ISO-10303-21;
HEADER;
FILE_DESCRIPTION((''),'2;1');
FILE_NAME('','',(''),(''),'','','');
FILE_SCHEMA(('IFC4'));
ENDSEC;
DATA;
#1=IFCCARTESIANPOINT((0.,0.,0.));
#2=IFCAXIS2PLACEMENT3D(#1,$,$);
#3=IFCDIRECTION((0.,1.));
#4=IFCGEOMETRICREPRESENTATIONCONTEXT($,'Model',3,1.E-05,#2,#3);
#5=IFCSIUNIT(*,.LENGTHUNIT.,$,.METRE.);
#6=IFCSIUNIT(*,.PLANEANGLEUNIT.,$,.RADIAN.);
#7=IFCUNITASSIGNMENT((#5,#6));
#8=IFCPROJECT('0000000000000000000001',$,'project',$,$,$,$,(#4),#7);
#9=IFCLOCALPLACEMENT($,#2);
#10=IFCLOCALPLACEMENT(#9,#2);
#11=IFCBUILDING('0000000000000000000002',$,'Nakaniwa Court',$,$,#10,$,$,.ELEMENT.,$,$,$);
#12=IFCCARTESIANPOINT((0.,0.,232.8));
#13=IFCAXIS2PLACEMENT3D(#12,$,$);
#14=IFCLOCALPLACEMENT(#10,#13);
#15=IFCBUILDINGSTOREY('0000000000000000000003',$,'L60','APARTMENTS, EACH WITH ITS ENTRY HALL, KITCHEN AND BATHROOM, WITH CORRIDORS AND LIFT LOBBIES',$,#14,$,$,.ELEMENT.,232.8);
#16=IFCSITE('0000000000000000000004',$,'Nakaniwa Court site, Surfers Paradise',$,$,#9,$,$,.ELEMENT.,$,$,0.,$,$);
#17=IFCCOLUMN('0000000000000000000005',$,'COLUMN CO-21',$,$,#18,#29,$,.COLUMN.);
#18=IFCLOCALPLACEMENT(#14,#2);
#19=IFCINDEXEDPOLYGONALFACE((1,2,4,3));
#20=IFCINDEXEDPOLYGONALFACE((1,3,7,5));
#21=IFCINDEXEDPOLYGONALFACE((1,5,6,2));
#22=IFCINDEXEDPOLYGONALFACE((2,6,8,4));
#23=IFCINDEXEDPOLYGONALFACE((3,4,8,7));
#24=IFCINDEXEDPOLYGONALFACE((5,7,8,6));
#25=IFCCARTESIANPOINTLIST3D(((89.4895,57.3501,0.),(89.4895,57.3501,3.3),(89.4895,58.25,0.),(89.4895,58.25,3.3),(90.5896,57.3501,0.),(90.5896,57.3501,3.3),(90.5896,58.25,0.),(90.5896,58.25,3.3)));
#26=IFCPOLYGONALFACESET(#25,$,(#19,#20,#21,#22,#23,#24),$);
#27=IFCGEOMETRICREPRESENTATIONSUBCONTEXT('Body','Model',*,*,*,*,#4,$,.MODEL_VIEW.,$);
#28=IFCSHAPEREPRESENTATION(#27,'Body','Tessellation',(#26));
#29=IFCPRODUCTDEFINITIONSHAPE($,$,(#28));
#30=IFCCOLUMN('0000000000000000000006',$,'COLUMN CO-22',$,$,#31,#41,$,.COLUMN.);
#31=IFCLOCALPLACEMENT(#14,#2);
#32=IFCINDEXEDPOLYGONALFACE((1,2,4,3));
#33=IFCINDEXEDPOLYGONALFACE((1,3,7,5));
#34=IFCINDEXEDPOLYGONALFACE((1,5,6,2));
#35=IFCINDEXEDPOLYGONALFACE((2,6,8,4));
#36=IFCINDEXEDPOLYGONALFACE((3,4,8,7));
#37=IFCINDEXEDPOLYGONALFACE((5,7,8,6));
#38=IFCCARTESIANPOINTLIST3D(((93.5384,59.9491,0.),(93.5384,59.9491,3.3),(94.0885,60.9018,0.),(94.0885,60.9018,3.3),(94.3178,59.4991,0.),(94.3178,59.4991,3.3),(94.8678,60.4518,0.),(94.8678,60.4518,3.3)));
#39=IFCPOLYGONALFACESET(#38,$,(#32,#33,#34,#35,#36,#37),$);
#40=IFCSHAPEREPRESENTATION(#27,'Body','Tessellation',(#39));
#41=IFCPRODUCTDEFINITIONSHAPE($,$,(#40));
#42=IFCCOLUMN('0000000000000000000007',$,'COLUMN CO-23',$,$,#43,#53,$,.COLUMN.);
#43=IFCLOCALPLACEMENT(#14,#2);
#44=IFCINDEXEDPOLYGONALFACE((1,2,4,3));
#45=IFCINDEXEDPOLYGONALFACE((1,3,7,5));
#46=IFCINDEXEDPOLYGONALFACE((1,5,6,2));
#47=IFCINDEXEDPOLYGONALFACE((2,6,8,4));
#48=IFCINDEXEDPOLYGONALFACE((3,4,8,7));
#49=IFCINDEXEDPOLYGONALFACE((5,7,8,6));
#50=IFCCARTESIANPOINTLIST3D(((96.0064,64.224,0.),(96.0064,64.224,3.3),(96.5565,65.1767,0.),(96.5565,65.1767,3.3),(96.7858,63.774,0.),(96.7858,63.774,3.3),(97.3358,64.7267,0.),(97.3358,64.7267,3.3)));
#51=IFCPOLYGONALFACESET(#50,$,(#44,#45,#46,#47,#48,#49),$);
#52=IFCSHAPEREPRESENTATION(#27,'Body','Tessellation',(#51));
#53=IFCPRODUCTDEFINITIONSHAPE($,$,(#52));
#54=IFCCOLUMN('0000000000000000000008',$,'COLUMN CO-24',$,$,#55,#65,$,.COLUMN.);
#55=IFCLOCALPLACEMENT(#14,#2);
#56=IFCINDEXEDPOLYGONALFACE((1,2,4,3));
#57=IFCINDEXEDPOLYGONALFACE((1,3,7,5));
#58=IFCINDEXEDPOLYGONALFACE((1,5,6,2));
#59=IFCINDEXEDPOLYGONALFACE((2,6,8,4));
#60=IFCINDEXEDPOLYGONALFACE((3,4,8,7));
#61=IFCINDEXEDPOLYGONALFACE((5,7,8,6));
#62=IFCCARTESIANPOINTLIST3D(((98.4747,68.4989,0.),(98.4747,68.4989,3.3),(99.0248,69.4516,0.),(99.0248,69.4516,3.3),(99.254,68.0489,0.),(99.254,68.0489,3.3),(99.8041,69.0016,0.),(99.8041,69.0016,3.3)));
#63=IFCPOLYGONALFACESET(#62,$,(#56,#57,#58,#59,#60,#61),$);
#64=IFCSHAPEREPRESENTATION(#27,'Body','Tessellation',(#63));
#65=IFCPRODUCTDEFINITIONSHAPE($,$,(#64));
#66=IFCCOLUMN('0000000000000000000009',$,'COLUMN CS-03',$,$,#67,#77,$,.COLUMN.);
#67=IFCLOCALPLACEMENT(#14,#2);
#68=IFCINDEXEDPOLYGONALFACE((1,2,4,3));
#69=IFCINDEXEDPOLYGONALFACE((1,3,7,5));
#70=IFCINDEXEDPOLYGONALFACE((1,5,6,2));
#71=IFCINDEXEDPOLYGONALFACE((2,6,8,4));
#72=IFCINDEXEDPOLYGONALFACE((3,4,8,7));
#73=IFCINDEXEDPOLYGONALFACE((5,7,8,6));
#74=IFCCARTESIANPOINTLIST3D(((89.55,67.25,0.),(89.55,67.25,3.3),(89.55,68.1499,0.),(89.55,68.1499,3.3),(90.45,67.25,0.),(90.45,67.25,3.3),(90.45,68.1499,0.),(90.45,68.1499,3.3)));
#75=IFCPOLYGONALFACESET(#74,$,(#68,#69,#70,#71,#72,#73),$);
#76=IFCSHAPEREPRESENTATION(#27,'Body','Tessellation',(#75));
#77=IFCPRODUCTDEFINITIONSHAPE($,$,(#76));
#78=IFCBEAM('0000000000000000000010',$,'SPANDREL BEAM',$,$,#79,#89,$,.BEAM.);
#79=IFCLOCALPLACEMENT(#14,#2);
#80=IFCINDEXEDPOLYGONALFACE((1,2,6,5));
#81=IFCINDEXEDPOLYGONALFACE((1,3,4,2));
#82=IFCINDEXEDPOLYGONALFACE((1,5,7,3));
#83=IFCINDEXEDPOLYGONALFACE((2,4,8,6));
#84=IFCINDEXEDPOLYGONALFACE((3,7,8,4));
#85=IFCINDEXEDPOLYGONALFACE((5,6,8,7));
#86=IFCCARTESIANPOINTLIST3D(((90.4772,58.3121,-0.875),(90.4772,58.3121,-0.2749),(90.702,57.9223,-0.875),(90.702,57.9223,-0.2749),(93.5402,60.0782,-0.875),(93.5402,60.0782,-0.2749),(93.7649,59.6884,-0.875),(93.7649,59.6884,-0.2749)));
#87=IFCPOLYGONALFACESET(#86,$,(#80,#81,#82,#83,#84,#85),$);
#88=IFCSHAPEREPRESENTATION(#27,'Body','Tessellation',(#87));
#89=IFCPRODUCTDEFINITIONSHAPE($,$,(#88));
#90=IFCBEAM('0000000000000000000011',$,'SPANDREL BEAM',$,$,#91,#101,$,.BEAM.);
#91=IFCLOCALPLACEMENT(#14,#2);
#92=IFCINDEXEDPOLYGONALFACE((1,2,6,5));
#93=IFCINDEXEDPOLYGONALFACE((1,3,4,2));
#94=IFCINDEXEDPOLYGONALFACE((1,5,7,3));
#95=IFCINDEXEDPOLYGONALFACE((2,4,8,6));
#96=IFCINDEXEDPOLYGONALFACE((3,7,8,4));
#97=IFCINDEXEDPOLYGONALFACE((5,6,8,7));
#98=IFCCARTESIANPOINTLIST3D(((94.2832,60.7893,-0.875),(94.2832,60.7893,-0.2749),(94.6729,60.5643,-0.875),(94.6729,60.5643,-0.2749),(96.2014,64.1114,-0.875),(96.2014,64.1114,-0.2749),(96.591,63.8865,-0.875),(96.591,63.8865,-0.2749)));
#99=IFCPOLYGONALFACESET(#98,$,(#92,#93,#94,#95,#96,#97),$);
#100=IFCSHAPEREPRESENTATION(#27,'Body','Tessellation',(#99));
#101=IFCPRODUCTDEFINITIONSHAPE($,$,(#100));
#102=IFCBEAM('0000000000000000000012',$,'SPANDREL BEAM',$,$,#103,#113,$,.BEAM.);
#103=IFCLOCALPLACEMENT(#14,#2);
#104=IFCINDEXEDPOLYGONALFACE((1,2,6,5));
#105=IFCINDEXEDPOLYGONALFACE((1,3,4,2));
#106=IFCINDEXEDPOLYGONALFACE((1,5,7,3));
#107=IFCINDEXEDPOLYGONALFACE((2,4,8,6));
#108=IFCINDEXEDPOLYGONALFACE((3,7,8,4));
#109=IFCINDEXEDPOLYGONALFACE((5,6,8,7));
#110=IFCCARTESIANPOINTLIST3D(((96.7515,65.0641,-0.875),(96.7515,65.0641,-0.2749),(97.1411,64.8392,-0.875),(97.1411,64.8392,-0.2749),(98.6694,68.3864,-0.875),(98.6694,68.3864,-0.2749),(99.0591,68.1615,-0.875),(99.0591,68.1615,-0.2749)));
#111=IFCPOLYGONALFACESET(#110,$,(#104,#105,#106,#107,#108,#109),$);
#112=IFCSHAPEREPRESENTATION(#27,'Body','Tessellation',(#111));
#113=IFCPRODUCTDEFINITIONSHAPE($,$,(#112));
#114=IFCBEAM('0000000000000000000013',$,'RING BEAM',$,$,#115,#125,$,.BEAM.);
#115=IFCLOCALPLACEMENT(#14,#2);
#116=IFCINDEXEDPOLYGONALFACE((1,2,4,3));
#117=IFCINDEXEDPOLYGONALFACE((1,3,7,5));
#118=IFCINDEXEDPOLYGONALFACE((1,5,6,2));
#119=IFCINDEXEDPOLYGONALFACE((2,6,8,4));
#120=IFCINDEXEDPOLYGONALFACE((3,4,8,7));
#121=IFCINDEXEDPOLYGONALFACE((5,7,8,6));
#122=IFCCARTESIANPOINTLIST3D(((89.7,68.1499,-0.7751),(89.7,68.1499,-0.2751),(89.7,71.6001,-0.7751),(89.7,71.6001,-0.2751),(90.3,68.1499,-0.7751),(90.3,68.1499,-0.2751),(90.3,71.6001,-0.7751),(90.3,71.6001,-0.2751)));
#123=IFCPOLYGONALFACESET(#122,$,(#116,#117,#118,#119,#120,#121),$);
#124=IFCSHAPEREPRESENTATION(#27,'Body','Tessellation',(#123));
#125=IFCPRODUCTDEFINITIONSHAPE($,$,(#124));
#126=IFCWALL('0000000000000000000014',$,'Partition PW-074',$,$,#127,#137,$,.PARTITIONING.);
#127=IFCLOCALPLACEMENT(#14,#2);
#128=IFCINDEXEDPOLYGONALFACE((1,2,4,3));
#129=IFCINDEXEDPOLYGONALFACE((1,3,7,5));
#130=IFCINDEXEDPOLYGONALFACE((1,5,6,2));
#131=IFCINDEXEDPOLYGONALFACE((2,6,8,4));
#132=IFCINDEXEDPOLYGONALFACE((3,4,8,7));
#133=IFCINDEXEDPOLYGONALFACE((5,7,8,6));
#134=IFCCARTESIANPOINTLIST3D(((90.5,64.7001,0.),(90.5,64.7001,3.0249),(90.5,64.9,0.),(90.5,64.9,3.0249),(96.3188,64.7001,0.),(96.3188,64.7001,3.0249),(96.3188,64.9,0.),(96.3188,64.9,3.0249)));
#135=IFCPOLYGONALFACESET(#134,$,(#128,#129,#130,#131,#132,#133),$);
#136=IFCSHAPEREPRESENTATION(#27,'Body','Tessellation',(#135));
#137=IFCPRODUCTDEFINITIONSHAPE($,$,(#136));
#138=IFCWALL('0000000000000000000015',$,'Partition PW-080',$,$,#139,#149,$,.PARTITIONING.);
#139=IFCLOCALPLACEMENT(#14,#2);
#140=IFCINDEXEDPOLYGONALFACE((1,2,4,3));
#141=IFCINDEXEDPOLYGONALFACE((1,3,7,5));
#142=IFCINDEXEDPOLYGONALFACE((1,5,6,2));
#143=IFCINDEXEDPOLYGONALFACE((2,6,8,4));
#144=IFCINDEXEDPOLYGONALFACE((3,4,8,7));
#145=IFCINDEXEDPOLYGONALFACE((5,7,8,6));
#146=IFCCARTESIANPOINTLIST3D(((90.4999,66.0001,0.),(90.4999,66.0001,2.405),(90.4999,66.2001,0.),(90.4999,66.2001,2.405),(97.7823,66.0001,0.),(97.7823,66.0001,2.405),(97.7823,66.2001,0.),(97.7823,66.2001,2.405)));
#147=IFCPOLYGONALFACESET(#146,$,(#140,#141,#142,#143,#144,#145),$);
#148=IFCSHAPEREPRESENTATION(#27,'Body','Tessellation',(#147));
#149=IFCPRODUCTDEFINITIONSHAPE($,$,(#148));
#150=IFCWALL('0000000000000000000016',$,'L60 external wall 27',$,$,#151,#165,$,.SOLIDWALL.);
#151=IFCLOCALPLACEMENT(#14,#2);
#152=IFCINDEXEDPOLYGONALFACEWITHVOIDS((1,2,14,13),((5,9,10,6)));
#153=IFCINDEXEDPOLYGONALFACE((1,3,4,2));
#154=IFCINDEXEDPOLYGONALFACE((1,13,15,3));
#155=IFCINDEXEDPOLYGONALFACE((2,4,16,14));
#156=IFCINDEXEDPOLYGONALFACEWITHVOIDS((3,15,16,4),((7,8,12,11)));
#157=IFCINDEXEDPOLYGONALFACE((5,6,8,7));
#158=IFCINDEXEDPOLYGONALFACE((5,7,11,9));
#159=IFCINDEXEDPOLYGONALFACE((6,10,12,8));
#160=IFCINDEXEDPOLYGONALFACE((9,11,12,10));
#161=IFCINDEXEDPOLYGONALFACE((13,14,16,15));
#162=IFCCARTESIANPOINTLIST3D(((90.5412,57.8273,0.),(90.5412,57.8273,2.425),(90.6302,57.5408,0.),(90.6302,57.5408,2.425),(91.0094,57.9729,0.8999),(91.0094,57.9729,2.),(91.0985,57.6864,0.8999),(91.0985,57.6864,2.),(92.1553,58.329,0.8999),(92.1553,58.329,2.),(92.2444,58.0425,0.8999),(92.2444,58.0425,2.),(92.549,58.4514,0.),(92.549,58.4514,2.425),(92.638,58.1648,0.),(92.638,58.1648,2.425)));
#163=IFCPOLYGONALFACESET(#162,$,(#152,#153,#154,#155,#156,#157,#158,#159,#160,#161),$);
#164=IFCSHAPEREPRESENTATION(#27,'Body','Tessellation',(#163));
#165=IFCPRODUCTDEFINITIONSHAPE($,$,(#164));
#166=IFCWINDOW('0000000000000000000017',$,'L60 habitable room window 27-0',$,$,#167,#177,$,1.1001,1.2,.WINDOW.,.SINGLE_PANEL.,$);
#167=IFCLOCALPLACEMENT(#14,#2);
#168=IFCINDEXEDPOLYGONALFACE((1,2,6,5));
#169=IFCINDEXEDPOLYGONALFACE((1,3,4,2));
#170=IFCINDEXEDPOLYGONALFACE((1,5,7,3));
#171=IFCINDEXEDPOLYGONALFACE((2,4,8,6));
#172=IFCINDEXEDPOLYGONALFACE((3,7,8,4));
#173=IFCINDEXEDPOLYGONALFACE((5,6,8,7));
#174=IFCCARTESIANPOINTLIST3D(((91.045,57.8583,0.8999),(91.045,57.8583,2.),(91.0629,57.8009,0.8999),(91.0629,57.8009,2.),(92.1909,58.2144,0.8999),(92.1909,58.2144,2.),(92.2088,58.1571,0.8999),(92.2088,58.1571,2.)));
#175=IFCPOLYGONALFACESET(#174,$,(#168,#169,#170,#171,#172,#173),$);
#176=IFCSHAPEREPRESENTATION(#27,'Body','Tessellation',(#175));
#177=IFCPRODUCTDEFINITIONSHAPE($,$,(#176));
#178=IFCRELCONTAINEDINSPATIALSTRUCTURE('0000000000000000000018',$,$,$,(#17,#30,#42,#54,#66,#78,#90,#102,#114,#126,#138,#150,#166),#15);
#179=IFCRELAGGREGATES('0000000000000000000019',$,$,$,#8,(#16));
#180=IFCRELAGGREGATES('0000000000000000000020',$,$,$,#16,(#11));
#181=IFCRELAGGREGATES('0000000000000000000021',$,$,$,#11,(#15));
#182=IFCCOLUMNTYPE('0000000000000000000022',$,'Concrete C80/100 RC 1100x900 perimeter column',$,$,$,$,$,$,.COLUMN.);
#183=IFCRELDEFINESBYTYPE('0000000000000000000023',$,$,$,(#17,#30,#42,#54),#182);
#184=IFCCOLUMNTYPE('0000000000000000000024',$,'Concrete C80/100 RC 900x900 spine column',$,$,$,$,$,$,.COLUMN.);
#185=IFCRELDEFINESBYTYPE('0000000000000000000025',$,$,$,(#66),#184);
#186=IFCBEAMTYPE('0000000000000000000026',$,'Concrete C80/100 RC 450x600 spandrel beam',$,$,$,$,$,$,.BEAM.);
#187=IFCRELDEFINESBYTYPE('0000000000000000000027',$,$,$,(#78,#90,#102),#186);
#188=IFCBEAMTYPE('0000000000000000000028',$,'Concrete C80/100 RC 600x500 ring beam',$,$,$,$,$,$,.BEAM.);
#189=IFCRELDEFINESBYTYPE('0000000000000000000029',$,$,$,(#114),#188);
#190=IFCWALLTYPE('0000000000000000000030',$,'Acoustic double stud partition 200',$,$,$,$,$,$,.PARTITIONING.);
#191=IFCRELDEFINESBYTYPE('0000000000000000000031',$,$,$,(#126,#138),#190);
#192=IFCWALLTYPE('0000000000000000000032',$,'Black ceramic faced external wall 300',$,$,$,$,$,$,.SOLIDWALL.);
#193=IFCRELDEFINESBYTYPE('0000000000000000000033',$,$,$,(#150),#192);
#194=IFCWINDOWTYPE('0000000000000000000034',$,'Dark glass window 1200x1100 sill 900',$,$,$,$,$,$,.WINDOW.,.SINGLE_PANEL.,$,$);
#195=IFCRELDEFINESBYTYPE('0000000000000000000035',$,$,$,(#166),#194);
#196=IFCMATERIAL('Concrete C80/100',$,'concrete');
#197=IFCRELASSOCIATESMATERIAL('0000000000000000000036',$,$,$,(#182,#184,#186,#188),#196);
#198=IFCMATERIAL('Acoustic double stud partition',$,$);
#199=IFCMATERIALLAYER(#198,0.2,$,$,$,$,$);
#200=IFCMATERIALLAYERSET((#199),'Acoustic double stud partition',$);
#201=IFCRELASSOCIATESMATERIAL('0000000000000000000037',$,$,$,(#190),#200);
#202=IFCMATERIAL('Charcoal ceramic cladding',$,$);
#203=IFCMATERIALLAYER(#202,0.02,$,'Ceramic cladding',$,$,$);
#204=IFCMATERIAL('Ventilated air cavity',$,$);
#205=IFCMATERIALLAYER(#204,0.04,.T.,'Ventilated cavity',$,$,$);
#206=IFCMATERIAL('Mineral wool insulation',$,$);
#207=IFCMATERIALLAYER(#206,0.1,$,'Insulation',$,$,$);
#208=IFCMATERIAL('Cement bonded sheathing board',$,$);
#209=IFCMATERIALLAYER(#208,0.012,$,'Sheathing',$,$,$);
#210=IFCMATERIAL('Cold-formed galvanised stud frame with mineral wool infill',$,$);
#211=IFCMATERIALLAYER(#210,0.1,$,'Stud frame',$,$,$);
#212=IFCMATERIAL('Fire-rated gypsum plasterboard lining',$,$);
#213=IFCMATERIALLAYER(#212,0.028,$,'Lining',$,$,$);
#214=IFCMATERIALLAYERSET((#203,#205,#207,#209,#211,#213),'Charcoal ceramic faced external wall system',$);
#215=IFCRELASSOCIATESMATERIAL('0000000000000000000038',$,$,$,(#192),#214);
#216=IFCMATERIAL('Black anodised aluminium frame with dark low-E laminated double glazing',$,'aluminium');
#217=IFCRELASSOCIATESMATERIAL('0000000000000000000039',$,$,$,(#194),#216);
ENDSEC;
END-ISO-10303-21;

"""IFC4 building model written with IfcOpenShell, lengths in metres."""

from ifc_helpers import new_model, si_unit, direction, frame, frame_2d, origin, origin_2d, place, context, subcontext, project, spatial, rectangle, extrude, material, layer, layer_set, material_profile, profile_set, type_object, element, fill, save


model = new_model("IFC4")

# Units and contexts
model_context = context("Model", 3, precision=1e-05, world=origin(), true_north=direction((0.0, 1.0)))
body_context = subcontext(model_context, "Body", "Model", "MODEL_VIEW")
ifc_project = project(units=[si_unit("LENGTHUNIT", "METRE"), si_unit("PLANEANGLEUNIT", "RADIAN")], contexts=[model_context])

# Site, building, storey
site_placement = place(None, origin())
site = spatial("IfcSite", under=ifc_project, at=site_placement, Name="Nakaniwa Court site, Surfers Paradise", CompositionType="ELEMENT", RefElevation=0.0)
building_placement = place(site_placement, origin())
building = spatial("IfcBuilding", under=site, at=building_placement, Name="Nakaniwa Court", CompositionType="ELEMENT")
storey_placement = place(building_placement, frame((0.0, 0.0, 232.8)))
storey = spatial("IfcBuildingStorey", under=building, at=storey_placement, Name="L60", Description="APARTMENTS, EACH WITH ITS ENTRY HALL, KITCHEN AND BATHROOM, WITH CORRIDORS AND LIFT LOBBIES", CompositionType="ELEMENT", Elevation=232.8)

# Columns
ifc_material_1 = material(Name="Concrete C80/100", Category="concrete")
ifc_material_profile_1 = material_profile(ifc_material_1, rectangle(XDim=1.1001, YDim=0.8999, at=origin_2d()), Name="Concrete C80/100 RC 1100x900 perimeter column")
ifc_profile_set_1 = profile_set([ifc_material_profile_1], Name="Concrete C80/100")
column_type_1 = type_object("IfcColumnType", Name="Concrete C80/100 RC 1100x900 perimeter column", PredefinedType="COLUMN", material=ifc_profile_set_1)
for number, where, z_axis, x_axis, name in (
    (1, (90.0396, 57.8, 0.0), (0.0, 0.0, 1.0), (1.0, 0.0, 0.0), "COLUMN CO-21"),
    (2, (94.2031, 60.2004, 0.0), (0.0, 0.0, 1.0), (0.5, 0.866025, 0.0), "COLUMN CO-22"),
    (3, (96.6711, 64.4753, 0.0), (0.0, 0.0, 1.0), (0.5, 0.866025, 0.0), "COLUMN CO-23"),
    (4, (99.1394, 68.7502, 0.0), (0.0, 0.0, 1.0), (0.5, 0.866025, 0.0), "COLUMN CO-24"),
):
    element("IfcColumn", number, at=place(storey_placement, frame(where, z_axis=z_axis, x_axis=x_axis)), inside=storey, type_object=column_type_1, Name=name, PredefinedType="COLUMN", context=body_context, shape_type="SweptSolid", body=[
        extrude(rectangle(XDim=1.1001, YDim=0.8999, at=origin_2d()), origin(), (0.0, 0.0, 1.0), 3.3),
    ])
ifc_material_profile_2 = material_profile(ifc_material_1, rectangle(XDim=0.8999, YDim=0.8999, at=origin_2d()), Name="Concrete C80/100 RC 900x900 spine column")
ifc_profile_set_2 = profile_set([ifc_material_profile_2], Name="Concrete C80/100")
column_type_2 = type_object("IfcColumnType", Name="Concrete C80/100 RC 900x900 spine column", PredefinedType="COLUMN", material=ifc_profile_set_2)
column_placement = place(storey_placement, frame((90.0, 67.7, 0.0), z_axis=(0.0, 0.0, 1.0), x_axis=(0.0, 1.0, 0.0)))
element("IfcColumn", 5, at=column_placement, inside=storey, type_object=column_type_2, Name="COLUMN CS-03", PredefinedType="COLUMN", context=body_context, shape_type="SweptSolid", body=[
    extrude(rectangle(XDim=0.8999, YDim=0.8999, at=origin_2d()), origin(), (0.0, 0.0, 1.0), 3.3),
])

# Beams
ifc_material_profile_3 = material_profile(ifc_material_1, rectangle(XDim=0.45, YDim=0.6001, at=origin_2d()), Name="Concrete C80/100 RC 450x600 spandrel beam")
ifc_profile_set_3 = profile_set([ifc_material_profile_3], Name="Concrete C80/100")
beam_type_1 = type_object("IfcBeamType", Name="Concrete C80/100 RC 450x600 spandrel beam", PredefinedType="BEAM", material=ifc_profile_set_3)
beam_1_placement = place(storey_placement, frame((90.5896, 58.1172, -0.575), z_axis=(0.866307, 0.499511, 0.0), x_axis=(-0.499511, 0.866307, 0.0)))
element("IfcBeam", 6, at=beam_1_placement, inside=storey, type_object=beam_type_1, Name="SPANDREL BEAM", PredefinedType="BEAM", context=body_context, shape_type="SweptSolid", body=[
    extrude(rectangle(XDim=0.45, YDim=0.6001, at=origin_2d()), origin(), (0.0, 0.0, 1.0), 3.5356),
])
for number, where, z_axis, x_axis, name in (
    (7, (94.478, 60.6768, -0.575), (0.50002, 0.866014, 0.0), (-0.866014, 0.50002, 0.0), "SPANDREL BEAM"),
    (8, (96.9463, 64.9517, -0.575), (0.499972, 0.866041, 0.0), (-0.866041, 0.499972, 0.0), "SPANDREL BEAM"),
):
    element("IfcBeam", number, at=place(storey_placement, frame(where, z_axis=z_axis, x_axis=x_axis)), inside=storey, type_object=beam_type_1, Name=name, PredefinedType="BEAM", context=body_context, shape_type="SweptSolid", body=[
        extrude(rectangle(XDim=0.45, YDim=0.6001, at=origin_2d()), origin(), (0.0, 0.0, 1.0), 3.8362),
    ])
ifc_material_profile_4 = material_profile(ifc_material_1, rectangle(XDim=0.6001, YDim=0.5, at=origin_2d()), Name="Concrete C80/100 RC 600x500 ring beam")
ifc_profile_set_4 = profile_set([ifc_material_profile_4], Name="Concrete C80/100")
beam_type_2 = type_object("IfcBeamType", Name="Concrete C80/100 RC 600x500 ring beam", PredefinedType="BEAM", material=ifc_profile_set_4)
beam_2_placement = place(storey_placement, frame((90.0, 68.1499, -0.5251), z_axis=(0.0, 1.0, 0.0), x_axis=(-1.0, 0.0, 0.0)))
element("IfcBeam", 9, at=beam_2_placement, inside=storey, type_object=beam_type_2, Name="RING BEAM", PredefinedType="BEAM", context=body_context, shape_type="SweptSolid", body=[
    extrude(rectangle(XDim=0.6001, YDim=0.5, at=origin_2d()), origin(), (0.0, 0.0, 1.0), 3.4502),
])

# Walls
ifc_material_2 = material(Name="Acoustic double stud partition")
ifc_layer_1 = layer(ifc_material_2, 0.2)
ifc_layer_set_1 = layer_set([ifc_layer_1], Name="Acoustic double stud partition")
wall_type_1 = type_object("IfcWallType", Name="Acoustic double stud partition 200", PredefinedType="PARTITIONING", material=ifc_layer_set_1)
wall_1_placement = place(storey_placement, frame((90.5, 64.8, 0.0), z_axis=(0.0, 0.0, 1.0), x_axis=(1.0, 0.0, 0.0)))
element("IfcWall", 10, at=wall_1_placement, inside=storey, type_object=wall_type_1, Name="Partition PW-074", PredefinedType="PARTITIONING", context=body_context, shape_type="SweptSolid", body=[
    extrude(rectangle(XDim=5.8188, YDim=0.2, at=frame_2d((2.9094, 0.0))), origin(), (0.0, 0.0, 1.0), 3.0249),
])
wall_2_placement = place(storey_placement, frame((90.5, 66.1001, 0.0), z_axis=(0.0, 0.0, 1.0), x_axis=(1.0, 0.0, 0.0)))
element("IfcWall", 11, at=wall_2_placement, inside=storey, type_object=wall_type_1, Name="Partition PW-080", PredefinedType="PARTITIONING", context=body_context, shape_type="SweptSolid", body=[
    extrude(rectangle(XDim=7.2825, YDim=0.2, at=frame_2d((3.6411, 0.0))), origin(), (0.0, 0.0, 1.0), 2.405),
])

# Wall, opening, window
ifc_material_3 = material(Name="Charcoal ceramic cladding")
ifc_layer_2 = layer(ifc_material_3, 0.02, Name="Ceramic cladding")
ifc_material_4 = material(Name="Ventilated air cavity")
ifc_layer_3 = layer(ifc_material_4, 0.04, ventilated=True, Name="Ventilated cavity")
ifc_material_5 = material(Name="Mineral wool insulation")
ifc_layer_4 = layer(ifc_material_5, 0.1, Name="Insulation")
ifc_material_6 = material(Name="Cement bonded sheathing board")
ifc_layer_5 = layer(ifc_material_6, 0.012, Name="Sheathing")
ifc_material_7 = material(Name="Cold-formed galvanised stud frame with mineral wool infill")
ifc_layer_6 = layer(ifc_material_7, 0.1, Name="Stud frame")
ifc_material_8 = material(Name="Fire-rated gypsum plasterboard lining")
ifc_layer_7 = layer(ifc_material_8, 0.028, Name="Lining")
ifc_layer_set_2 = layer_set([ifc_layer_2, ifc_layer_3, ifc_layer_4, ifc_layer_5, ifc_layer_6, ifc_layer_7], Name="Charcoal ceramic faced external wall system")
wall_type_2 = type_object("IfcWallType", Name="Black ceramic faced external wall 300", PredefinedType="SOLIDWALL", material=ifc_layer_set_2)
wall_3_placement = place(storey_placement, frame((90.5857, 57.6841, 0.0), z_axis=(0.0, 0.0, 1.0), x_axis=(0.954942, 0.296794, 0.0)))
wall_3 = element("IfcWall", 12, at=wall_3_placement, inside=storey, type_object=wall_type_2, Name="L60 external wall 27", PredefinedType="SOLIDWALL", context=body_context, shape_type="SweptSolid", body=[
    extrude(rectangle(XDim=2.1025, YDim=0.3, at=frame_2d((1.0513, 0.0))), origin(), (0.0, 0.0, 1.0), 2.425),
])
opening_1_placement = place(wall_3_placement, frame((0.4902, 0.0, 0.8999)))
opening_1 = element("IfcOpeningElement", 13, at=opening_1_placement, cuts=wall_3, PredefinedType="OPENING", context=body_context, shape_type="SweptSolid", body=[
    extrude(rectangle(XDim=1.2, YDim=1.1001, at=frame_2d((0.6001, 0.55))), frame((0.0, 0.1599, 0.0), z_axis=(0.0, -1.0, 0.0), x_axis=(1.0, 0.0, 0.0)), (0.0, 0.0, 1.0), 0.3201),
])
ifc_material_9 = material(Name="Black anodised aluminium frame with dark low-E laminated double glazing", Category="aluminium")
window_type_1 = type_object("IfcWindowType", Name="Dark glass window 1200x1100 sill 900", PartitioningType="SINGLE_PANEL", PredefinedType="WINDOW", material=ifc_material_9)
window_1_placement = place(opening_1_placement, origin())
window_1 = element("IfcWindow", 14, at=window_1_placement, inside=storey, type_object=window_type_1, Name="L60 habitable room window 27-0", OverallHeight=1.1001, OverallWidth=1.2, PartitioningType="SINGLE_PANEL", PredefinedType="WINDOW", context=body_context, shape_type="SweptSolid", body=[
    extrude(rectangle(XDim=1.2, YDim=1.1001, at=frame_2d((0.6001, 0.55))), frame((0.0, 0.03, 0.0), z_axis=(0.0, -1.0, 0.0), x_axis=(1.0, 0.0, 0.0)), (0.0, 0.0, 1.0), 0.0601),
])
fill(opening_1, window_1)

save(model, "model.ifc")
